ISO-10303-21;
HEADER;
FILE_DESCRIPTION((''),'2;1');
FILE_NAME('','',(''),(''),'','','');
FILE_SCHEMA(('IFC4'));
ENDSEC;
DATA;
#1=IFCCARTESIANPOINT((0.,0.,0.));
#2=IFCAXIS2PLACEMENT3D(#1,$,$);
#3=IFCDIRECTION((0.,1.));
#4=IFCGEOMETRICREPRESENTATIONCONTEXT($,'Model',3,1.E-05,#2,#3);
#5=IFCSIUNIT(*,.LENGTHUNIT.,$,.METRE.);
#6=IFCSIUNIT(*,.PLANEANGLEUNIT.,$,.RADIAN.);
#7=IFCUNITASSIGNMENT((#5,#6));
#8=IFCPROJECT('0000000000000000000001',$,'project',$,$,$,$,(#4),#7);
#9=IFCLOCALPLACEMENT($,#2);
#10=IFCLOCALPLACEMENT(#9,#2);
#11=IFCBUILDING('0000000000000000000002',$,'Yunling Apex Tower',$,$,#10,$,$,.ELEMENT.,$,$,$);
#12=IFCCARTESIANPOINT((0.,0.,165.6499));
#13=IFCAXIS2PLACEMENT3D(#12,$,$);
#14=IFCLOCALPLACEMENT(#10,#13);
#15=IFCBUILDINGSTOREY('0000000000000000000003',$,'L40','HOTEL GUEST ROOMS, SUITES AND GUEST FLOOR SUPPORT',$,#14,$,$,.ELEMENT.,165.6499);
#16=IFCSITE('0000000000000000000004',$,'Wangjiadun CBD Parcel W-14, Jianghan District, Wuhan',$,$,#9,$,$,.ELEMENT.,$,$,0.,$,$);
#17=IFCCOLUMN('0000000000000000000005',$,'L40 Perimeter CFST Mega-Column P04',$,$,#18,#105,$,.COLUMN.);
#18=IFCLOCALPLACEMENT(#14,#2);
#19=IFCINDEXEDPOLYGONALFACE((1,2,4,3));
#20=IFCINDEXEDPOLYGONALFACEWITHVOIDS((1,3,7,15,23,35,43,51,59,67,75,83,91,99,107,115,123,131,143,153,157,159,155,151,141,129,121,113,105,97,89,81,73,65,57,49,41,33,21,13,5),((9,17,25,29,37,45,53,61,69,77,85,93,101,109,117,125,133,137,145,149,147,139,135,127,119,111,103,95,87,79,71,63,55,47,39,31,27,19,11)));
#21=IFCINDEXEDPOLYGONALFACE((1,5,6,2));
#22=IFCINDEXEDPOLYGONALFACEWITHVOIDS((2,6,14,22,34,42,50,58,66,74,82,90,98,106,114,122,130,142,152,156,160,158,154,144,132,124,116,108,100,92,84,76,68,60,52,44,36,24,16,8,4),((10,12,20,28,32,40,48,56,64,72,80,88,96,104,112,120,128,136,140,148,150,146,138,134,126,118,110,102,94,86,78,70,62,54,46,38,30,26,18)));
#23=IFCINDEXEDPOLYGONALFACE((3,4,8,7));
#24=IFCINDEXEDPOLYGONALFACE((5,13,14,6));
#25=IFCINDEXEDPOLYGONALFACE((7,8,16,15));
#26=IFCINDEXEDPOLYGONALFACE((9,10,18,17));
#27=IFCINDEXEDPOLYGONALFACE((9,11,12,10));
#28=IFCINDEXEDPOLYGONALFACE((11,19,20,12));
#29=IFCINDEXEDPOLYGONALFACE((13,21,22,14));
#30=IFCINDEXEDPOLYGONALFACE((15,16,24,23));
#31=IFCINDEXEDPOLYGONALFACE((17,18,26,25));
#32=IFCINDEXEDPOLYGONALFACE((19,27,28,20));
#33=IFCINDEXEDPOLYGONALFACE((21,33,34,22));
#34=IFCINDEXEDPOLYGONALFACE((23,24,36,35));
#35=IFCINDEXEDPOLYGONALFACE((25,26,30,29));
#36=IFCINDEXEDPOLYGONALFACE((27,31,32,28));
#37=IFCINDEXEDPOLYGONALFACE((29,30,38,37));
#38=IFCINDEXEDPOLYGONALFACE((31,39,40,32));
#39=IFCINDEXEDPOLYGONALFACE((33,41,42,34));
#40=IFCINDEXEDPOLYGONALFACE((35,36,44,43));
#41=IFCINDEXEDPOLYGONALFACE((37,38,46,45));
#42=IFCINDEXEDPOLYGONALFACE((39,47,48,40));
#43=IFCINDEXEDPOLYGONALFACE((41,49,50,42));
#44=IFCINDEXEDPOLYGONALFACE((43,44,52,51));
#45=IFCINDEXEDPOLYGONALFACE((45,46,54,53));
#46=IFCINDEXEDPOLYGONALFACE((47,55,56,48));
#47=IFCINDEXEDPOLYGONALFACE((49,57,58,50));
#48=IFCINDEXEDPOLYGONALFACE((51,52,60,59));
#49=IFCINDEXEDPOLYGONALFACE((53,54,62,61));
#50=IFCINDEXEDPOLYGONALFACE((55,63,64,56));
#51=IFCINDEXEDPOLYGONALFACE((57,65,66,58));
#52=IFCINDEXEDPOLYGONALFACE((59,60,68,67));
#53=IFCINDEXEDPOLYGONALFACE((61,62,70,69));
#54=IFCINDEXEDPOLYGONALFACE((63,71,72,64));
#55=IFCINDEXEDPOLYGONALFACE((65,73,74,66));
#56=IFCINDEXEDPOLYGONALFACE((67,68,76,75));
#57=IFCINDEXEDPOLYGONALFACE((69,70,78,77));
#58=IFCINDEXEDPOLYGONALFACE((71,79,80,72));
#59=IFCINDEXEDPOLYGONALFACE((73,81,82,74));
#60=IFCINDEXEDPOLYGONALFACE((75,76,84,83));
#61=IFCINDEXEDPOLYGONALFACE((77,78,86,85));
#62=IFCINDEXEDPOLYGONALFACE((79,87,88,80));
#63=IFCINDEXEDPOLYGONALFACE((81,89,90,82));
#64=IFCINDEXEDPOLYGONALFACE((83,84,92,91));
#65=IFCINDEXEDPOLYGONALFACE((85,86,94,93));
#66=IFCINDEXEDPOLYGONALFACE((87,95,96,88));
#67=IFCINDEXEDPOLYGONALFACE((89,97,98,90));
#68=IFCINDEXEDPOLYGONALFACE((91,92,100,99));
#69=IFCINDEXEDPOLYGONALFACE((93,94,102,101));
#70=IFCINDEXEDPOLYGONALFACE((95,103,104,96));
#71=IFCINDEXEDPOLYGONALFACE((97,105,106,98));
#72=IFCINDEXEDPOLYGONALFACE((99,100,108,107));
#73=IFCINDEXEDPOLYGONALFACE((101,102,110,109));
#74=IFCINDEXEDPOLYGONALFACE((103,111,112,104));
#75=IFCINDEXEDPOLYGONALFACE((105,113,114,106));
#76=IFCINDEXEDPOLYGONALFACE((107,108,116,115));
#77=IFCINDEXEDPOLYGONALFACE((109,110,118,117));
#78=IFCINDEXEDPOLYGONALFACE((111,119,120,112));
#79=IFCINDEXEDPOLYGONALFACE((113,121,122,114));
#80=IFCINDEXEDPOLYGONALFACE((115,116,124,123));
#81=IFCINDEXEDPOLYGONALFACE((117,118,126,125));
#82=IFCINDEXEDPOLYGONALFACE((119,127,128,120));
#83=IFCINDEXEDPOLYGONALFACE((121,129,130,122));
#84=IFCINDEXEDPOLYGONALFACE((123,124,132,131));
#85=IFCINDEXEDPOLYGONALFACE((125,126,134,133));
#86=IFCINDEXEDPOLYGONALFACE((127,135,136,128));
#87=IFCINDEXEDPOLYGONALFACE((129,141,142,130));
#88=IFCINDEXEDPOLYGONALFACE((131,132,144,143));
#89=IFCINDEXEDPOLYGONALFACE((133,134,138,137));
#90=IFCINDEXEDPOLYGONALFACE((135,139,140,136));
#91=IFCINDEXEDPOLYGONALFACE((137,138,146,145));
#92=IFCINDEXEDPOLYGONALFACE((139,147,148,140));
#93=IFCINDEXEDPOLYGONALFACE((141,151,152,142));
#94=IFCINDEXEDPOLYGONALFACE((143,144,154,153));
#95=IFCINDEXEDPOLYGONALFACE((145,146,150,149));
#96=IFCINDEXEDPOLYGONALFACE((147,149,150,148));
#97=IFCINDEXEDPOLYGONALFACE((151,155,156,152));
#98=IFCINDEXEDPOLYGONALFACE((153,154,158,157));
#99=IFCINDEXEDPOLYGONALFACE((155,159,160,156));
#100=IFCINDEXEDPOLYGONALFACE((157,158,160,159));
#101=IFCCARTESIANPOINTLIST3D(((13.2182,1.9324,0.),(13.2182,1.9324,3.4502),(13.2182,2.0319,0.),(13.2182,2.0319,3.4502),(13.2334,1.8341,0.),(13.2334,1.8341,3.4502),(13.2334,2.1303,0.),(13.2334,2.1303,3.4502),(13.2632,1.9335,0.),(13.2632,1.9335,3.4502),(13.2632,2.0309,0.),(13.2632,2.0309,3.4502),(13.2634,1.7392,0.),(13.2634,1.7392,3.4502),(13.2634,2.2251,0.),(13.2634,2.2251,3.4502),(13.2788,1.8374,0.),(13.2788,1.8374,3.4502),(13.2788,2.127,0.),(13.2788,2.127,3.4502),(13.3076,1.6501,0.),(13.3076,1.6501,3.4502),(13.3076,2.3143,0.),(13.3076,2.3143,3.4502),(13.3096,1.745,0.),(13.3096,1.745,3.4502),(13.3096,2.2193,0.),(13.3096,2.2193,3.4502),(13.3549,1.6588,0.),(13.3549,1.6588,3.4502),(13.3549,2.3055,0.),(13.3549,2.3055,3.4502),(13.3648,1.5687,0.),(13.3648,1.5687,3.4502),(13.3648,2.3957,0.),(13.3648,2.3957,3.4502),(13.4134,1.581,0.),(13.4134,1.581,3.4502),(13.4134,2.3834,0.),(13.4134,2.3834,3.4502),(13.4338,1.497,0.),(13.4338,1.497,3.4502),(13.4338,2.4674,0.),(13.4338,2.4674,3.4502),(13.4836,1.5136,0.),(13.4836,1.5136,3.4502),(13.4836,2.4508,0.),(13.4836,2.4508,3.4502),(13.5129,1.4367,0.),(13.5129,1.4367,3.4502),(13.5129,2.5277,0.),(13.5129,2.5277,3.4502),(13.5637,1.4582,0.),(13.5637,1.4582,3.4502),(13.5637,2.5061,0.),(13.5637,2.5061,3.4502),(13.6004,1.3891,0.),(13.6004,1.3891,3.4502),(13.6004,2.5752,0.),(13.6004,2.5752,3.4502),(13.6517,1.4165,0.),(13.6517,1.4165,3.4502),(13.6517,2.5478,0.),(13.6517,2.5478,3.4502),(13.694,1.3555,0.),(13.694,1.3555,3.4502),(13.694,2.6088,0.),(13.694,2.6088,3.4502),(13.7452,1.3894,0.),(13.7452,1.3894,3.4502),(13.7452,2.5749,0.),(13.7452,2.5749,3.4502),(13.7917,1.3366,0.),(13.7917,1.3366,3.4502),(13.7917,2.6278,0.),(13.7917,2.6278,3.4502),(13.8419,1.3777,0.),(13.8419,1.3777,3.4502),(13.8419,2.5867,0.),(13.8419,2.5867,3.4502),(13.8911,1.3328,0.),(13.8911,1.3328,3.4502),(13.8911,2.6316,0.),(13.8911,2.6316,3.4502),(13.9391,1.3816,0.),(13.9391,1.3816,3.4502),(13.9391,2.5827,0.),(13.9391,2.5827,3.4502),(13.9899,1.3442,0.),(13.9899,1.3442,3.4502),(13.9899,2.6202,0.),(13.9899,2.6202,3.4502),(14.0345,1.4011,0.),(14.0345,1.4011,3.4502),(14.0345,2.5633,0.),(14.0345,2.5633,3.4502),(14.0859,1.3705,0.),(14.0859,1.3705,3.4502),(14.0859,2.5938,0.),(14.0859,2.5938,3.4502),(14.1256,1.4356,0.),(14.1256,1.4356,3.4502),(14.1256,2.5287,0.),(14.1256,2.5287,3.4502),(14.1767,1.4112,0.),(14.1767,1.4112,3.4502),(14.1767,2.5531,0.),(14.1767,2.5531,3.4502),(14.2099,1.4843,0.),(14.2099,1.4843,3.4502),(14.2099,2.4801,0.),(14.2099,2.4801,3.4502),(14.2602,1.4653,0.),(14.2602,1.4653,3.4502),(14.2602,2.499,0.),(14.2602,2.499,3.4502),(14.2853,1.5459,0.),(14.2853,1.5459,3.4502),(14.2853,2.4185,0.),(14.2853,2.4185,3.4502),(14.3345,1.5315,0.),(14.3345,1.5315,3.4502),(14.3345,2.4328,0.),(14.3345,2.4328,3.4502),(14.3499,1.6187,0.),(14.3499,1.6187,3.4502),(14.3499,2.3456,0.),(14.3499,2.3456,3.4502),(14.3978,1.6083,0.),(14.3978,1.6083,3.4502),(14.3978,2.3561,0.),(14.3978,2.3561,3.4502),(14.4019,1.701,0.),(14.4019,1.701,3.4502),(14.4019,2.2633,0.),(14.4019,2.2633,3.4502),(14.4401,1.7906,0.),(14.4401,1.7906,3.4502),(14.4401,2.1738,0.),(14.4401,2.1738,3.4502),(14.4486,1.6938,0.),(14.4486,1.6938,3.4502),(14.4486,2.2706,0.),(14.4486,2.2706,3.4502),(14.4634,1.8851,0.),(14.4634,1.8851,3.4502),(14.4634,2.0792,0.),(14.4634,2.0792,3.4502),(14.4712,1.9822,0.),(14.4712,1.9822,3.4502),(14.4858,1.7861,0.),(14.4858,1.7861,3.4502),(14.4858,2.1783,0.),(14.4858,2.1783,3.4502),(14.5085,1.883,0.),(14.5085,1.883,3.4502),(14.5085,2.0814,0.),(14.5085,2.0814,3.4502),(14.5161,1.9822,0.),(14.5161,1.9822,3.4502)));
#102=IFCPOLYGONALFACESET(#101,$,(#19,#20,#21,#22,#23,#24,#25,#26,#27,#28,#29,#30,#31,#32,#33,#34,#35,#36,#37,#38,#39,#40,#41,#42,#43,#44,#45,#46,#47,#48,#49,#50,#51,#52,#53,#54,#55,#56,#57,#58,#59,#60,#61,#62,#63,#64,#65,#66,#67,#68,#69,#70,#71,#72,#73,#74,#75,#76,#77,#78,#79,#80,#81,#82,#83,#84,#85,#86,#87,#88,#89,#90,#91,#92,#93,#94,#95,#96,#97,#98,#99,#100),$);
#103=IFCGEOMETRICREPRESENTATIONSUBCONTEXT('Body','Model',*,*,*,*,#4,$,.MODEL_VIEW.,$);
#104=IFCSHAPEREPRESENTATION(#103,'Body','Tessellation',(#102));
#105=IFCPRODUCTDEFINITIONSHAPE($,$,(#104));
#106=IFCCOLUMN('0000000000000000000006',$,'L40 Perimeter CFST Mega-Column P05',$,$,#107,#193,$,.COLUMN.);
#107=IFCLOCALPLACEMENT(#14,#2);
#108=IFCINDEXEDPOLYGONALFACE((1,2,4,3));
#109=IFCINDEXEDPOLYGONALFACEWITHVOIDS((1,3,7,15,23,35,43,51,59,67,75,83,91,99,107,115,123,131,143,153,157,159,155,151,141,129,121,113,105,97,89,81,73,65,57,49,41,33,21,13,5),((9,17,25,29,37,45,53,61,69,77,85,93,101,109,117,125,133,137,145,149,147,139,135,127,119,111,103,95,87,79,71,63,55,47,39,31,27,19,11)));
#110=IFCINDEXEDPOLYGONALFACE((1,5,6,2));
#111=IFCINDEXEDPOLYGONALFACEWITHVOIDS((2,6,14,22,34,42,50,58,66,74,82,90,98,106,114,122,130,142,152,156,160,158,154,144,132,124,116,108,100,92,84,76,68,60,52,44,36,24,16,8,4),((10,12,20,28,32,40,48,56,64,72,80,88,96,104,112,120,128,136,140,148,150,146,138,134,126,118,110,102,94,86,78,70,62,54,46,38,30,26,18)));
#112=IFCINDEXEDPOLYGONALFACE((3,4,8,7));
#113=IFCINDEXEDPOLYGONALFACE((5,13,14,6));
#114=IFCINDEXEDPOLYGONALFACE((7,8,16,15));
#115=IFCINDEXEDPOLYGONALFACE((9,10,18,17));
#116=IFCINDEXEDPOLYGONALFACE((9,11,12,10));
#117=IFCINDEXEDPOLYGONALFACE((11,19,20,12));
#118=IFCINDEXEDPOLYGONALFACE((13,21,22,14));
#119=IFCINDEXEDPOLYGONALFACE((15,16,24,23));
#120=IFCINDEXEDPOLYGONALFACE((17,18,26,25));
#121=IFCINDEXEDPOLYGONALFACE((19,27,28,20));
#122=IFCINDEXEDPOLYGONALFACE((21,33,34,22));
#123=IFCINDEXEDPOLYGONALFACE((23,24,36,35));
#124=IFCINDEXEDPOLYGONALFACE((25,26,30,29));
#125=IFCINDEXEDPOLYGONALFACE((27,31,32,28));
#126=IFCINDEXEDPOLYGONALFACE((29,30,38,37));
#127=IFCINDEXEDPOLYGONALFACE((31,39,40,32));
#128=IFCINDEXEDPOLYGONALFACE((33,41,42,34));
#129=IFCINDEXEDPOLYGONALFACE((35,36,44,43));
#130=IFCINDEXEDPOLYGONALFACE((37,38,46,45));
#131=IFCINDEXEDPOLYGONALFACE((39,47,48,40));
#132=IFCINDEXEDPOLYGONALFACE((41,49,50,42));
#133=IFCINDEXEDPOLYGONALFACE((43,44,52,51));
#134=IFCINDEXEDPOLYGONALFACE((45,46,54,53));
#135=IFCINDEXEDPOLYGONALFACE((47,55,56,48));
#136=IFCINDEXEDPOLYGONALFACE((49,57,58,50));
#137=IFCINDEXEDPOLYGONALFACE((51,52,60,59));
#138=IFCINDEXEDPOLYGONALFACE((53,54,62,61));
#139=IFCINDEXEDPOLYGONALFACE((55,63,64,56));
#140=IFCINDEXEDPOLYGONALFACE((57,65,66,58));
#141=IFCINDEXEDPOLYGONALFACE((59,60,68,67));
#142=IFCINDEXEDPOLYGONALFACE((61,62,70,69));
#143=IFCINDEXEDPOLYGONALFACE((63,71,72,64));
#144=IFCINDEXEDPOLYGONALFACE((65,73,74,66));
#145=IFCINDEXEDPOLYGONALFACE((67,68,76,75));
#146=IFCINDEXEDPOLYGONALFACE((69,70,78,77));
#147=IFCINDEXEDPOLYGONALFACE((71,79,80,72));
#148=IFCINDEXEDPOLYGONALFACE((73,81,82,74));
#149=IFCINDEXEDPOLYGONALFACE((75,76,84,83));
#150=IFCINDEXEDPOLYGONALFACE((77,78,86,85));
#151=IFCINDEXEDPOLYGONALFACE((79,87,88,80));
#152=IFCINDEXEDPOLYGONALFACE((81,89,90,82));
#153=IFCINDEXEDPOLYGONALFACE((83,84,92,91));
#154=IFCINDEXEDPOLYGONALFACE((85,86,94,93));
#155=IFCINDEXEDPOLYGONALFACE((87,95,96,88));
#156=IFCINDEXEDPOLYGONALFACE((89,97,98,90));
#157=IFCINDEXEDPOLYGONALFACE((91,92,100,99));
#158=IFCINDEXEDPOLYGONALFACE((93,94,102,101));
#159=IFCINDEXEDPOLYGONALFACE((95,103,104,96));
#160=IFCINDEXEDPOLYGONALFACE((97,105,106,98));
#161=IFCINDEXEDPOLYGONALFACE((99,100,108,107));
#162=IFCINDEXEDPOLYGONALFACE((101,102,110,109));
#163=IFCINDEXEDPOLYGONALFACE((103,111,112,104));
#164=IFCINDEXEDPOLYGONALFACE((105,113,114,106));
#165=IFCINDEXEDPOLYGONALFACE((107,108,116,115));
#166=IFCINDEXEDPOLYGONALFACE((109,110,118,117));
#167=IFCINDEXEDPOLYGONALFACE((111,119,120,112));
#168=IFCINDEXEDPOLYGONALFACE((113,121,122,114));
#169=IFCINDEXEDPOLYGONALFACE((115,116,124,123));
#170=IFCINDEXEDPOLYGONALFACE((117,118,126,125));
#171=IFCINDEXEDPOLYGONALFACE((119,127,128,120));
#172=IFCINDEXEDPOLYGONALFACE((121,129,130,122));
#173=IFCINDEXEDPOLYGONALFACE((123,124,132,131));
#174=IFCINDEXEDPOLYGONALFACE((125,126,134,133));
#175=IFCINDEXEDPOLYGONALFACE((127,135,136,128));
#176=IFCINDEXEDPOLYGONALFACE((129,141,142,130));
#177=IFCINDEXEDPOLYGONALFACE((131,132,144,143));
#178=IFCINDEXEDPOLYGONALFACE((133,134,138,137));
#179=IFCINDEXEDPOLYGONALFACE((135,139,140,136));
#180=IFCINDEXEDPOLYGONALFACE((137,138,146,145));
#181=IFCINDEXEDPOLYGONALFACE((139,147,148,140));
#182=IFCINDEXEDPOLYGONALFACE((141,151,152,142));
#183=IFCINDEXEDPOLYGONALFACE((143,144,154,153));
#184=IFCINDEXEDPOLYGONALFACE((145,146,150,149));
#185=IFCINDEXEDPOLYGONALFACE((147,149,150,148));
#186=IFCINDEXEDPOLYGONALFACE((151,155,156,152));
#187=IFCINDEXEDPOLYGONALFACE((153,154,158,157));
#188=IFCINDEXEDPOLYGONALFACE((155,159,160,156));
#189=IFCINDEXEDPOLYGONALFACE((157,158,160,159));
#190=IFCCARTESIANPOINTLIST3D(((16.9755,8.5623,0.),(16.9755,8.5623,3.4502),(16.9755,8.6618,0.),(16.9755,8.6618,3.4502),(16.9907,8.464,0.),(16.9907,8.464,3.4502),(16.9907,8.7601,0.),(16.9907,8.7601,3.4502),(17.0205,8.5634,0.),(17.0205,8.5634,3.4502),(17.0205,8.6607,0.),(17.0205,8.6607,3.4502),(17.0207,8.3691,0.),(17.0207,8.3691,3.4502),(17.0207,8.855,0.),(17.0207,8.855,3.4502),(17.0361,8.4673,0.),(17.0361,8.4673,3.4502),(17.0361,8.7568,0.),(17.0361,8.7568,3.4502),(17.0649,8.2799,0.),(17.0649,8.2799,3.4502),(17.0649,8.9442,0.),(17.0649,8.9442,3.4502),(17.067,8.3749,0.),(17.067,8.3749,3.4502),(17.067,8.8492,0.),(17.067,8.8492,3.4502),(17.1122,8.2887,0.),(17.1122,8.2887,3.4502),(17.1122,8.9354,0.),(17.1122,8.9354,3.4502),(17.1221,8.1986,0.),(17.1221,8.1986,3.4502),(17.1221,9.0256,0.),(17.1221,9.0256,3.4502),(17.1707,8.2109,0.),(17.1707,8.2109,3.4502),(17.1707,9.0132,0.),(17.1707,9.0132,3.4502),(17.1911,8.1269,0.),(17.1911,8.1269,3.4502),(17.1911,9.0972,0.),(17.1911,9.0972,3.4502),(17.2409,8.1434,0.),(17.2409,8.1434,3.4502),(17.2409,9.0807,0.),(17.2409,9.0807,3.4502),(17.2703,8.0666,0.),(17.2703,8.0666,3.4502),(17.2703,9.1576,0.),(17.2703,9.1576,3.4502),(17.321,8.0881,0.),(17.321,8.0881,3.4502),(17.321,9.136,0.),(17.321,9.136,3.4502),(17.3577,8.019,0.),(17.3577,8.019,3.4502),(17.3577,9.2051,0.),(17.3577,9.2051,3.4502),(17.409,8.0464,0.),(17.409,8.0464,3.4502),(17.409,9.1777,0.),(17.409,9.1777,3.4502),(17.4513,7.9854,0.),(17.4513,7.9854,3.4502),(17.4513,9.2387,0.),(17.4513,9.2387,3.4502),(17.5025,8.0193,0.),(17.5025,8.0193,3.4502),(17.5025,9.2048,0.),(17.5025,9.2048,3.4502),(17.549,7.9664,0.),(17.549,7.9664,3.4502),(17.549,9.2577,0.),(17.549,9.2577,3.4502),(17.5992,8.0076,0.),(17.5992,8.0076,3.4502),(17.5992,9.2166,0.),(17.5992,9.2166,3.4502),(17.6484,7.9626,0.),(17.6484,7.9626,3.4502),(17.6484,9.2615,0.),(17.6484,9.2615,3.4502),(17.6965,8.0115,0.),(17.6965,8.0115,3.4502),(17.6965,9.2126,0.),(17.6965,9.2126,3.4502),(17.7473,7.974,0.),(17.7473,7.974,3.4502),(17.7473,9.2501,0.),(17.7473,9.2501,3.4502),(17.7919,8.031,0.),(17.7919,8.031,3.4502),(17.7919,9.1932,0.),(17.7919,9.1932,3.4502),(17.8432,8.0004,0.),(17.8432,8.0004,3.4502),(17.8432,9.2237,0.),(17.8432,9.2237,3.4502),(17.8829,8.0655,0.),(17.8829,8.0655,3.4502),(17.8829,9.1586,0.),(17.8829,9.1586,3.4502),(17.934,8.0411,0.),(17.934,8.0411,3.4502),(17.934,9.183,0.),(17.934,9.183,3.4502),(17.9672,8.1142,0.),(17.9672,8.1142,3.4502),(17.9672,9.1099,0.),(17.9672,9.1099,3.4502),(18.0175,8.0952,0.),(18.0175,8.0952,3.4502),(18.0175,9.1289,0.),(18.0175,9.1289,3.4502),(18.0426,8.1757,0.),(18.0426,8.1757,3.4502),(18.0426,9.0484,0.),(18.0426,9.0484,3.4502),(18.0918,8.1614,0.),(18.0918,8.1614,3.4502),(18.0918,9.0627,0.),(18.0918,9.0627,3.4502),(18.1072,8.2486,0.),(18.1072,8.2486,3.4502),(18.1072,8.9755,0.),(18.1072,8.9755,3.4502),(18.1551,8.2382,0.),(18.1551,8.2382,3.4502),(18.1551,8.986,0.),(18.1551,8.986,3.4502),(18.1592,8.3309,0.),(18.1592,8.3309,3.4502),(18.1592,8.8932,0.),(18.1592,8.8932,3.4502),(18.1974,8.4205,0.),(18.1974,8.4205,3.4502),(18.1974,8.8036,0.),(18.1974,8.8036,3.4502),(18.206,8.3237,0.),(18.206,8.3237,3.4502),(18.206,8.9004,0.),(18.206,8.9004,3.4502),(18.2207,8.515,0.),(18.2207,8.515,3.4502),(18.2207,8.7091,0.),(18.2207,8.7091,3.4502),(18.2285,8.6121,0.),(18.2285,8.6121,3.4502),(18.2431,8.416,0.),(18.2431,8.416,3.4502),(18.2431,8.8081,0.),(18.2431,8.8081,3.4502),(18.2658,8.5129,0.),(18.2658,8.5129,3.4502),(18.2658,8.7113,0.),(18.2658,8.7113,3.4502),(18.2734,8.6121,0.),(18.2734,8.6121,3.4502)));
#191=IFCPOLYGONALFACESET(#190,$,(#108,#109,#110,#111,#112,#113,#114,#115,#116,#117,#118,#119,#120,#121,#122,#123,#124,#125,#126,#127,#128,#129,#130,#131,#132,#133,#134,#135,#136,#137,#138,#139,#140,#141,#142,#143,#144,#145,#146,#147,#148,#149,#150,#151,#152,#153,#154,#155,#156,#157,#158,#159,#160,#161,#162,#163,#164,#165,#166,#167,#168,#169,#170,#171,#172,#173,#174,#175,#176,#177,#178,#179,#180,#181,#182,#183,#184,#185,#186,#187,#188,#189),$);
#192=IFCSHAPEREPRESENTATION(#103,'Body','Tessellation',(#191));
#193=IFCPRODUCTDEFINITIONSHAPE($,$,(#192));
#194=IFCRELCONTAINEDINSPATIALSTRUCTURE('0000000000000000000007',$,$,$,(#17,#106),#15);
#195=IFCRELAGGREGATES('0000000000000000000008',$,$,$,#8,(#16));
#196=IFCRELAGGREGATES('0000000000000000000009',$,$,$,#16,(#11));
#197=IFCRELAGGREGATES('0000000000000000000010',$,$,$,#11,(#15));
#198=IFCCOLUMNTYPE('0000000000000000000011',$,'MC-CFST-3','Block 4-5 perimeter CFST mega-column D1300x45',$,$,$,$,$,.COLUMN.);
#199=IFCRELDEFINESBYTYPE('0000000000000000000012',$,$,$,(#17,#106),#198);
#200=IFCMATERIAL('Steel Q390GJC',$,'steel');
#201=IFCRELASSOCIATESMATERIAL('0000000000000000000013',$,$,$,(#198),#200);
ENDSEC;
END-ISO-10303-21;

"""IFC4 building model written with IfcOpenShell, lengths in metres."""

from ifc_helpers import new_model, si_unit, direction, frame, origin, origin_2d, place, context, subcontext, project, spatial, hollow_circle, extrude, source, transform, mapped, material, material_profile, profile_set, type_object, element, save


model = new_model("IFC4")

# Units and contexts
model_context = context("Model", 3, precision=1e-05, world=origin(), true_north=direction((0.0, 1.0)))
body_context = subcontext(model_context, "Body", "Model", "MODEL_VIEW")
ifc_project = project(units=[si_unit("LENGTHUNIT", "METRE"), si_unit("PLANEANGLEUNIT", "RADIAN")], contexts=[model_context])

# Site, building, storey
site_placement = place(None, origin())
site = spatial("IfcSite", under=ifc_project, at=site_placement, Name="Wangjiadun CBD Parcel W-14, Jianghan District, Wuhan", CompositionType="ELEMENT", RefElevation=0.0)
building_placement = place(site_placement, origin())
building = spatial("IfcBuilding", under=site, at=building_placement, Name="Yunling Apex Tower", CompositionType="ELEMENT")
storey_placement = place(building_placement, frame((0.0, 0.0, 165.6499)))
storey = spatial("IfcBuildingStorey", under=building, at=storey_placement, Name="L40", Description="HOTEL GUEST ROOMS, SUITES AND GUEST FLOOR SUPPORT", CompositionType="ELEMENT", Elevation=165.6499)

# Columns
ifc_material_1 = material(Name="Steel Q390GJC", Category="steel")
ifc_material_profile_1 = material_profile(ifc_material_1, hollow_circle(Radius=0.6499, WallThickness=0.0449, at=origin_2d()))
ifc_profile_set_1 = profile_set([ifc_material_profile_1], Name="Steel Q390GJC")
column_type = type_object("IfcColumnType", Name="MC-CFST-3", Description="Block 4-5 perimeter CFST mega-column D1300x45", PredefinedType="COLUMN", material=ifc_profile_set_1)
shared_shape_1 = source(origin(), body_context, "Body", "SweptSolid", [
    extrude(hollow_circle(Radius=0.6499, WallThickness=0.0449, at=origin_2d()), origin(), (0.0, 0.0, 1.0), 3.4502),
])
for number, where, z_axis, x_axis, name in (
    (1, (13.8662, 1.9822, 0.0), (0.0, 0.0, 1.0), (1.0, 0.0, 0.0), "L40 Perimeter CFST Mega-Column P04"),
    (2, (17.6235, 8.6121, 0.0), (0.0, 0.0, 1.0), (1.0, 0.0, 0.0), "L40 Perimeter CFST Mega-Column P05"),
):
    element("IfcColumn", number, at=place(storey_placement, frame(where, z_axis=z_axis, x_axis=x_axis)), inside=storey, type_object=column_type, Name=name, PredefinedType="COLUMN", context=body_context, shape_type="MappedRepresentation", body=[
        mapped(shared_shape_1, transform((0.0, 0.0, 0.0), scale=1.0)),
    ])

save(model, "model.ifc")
